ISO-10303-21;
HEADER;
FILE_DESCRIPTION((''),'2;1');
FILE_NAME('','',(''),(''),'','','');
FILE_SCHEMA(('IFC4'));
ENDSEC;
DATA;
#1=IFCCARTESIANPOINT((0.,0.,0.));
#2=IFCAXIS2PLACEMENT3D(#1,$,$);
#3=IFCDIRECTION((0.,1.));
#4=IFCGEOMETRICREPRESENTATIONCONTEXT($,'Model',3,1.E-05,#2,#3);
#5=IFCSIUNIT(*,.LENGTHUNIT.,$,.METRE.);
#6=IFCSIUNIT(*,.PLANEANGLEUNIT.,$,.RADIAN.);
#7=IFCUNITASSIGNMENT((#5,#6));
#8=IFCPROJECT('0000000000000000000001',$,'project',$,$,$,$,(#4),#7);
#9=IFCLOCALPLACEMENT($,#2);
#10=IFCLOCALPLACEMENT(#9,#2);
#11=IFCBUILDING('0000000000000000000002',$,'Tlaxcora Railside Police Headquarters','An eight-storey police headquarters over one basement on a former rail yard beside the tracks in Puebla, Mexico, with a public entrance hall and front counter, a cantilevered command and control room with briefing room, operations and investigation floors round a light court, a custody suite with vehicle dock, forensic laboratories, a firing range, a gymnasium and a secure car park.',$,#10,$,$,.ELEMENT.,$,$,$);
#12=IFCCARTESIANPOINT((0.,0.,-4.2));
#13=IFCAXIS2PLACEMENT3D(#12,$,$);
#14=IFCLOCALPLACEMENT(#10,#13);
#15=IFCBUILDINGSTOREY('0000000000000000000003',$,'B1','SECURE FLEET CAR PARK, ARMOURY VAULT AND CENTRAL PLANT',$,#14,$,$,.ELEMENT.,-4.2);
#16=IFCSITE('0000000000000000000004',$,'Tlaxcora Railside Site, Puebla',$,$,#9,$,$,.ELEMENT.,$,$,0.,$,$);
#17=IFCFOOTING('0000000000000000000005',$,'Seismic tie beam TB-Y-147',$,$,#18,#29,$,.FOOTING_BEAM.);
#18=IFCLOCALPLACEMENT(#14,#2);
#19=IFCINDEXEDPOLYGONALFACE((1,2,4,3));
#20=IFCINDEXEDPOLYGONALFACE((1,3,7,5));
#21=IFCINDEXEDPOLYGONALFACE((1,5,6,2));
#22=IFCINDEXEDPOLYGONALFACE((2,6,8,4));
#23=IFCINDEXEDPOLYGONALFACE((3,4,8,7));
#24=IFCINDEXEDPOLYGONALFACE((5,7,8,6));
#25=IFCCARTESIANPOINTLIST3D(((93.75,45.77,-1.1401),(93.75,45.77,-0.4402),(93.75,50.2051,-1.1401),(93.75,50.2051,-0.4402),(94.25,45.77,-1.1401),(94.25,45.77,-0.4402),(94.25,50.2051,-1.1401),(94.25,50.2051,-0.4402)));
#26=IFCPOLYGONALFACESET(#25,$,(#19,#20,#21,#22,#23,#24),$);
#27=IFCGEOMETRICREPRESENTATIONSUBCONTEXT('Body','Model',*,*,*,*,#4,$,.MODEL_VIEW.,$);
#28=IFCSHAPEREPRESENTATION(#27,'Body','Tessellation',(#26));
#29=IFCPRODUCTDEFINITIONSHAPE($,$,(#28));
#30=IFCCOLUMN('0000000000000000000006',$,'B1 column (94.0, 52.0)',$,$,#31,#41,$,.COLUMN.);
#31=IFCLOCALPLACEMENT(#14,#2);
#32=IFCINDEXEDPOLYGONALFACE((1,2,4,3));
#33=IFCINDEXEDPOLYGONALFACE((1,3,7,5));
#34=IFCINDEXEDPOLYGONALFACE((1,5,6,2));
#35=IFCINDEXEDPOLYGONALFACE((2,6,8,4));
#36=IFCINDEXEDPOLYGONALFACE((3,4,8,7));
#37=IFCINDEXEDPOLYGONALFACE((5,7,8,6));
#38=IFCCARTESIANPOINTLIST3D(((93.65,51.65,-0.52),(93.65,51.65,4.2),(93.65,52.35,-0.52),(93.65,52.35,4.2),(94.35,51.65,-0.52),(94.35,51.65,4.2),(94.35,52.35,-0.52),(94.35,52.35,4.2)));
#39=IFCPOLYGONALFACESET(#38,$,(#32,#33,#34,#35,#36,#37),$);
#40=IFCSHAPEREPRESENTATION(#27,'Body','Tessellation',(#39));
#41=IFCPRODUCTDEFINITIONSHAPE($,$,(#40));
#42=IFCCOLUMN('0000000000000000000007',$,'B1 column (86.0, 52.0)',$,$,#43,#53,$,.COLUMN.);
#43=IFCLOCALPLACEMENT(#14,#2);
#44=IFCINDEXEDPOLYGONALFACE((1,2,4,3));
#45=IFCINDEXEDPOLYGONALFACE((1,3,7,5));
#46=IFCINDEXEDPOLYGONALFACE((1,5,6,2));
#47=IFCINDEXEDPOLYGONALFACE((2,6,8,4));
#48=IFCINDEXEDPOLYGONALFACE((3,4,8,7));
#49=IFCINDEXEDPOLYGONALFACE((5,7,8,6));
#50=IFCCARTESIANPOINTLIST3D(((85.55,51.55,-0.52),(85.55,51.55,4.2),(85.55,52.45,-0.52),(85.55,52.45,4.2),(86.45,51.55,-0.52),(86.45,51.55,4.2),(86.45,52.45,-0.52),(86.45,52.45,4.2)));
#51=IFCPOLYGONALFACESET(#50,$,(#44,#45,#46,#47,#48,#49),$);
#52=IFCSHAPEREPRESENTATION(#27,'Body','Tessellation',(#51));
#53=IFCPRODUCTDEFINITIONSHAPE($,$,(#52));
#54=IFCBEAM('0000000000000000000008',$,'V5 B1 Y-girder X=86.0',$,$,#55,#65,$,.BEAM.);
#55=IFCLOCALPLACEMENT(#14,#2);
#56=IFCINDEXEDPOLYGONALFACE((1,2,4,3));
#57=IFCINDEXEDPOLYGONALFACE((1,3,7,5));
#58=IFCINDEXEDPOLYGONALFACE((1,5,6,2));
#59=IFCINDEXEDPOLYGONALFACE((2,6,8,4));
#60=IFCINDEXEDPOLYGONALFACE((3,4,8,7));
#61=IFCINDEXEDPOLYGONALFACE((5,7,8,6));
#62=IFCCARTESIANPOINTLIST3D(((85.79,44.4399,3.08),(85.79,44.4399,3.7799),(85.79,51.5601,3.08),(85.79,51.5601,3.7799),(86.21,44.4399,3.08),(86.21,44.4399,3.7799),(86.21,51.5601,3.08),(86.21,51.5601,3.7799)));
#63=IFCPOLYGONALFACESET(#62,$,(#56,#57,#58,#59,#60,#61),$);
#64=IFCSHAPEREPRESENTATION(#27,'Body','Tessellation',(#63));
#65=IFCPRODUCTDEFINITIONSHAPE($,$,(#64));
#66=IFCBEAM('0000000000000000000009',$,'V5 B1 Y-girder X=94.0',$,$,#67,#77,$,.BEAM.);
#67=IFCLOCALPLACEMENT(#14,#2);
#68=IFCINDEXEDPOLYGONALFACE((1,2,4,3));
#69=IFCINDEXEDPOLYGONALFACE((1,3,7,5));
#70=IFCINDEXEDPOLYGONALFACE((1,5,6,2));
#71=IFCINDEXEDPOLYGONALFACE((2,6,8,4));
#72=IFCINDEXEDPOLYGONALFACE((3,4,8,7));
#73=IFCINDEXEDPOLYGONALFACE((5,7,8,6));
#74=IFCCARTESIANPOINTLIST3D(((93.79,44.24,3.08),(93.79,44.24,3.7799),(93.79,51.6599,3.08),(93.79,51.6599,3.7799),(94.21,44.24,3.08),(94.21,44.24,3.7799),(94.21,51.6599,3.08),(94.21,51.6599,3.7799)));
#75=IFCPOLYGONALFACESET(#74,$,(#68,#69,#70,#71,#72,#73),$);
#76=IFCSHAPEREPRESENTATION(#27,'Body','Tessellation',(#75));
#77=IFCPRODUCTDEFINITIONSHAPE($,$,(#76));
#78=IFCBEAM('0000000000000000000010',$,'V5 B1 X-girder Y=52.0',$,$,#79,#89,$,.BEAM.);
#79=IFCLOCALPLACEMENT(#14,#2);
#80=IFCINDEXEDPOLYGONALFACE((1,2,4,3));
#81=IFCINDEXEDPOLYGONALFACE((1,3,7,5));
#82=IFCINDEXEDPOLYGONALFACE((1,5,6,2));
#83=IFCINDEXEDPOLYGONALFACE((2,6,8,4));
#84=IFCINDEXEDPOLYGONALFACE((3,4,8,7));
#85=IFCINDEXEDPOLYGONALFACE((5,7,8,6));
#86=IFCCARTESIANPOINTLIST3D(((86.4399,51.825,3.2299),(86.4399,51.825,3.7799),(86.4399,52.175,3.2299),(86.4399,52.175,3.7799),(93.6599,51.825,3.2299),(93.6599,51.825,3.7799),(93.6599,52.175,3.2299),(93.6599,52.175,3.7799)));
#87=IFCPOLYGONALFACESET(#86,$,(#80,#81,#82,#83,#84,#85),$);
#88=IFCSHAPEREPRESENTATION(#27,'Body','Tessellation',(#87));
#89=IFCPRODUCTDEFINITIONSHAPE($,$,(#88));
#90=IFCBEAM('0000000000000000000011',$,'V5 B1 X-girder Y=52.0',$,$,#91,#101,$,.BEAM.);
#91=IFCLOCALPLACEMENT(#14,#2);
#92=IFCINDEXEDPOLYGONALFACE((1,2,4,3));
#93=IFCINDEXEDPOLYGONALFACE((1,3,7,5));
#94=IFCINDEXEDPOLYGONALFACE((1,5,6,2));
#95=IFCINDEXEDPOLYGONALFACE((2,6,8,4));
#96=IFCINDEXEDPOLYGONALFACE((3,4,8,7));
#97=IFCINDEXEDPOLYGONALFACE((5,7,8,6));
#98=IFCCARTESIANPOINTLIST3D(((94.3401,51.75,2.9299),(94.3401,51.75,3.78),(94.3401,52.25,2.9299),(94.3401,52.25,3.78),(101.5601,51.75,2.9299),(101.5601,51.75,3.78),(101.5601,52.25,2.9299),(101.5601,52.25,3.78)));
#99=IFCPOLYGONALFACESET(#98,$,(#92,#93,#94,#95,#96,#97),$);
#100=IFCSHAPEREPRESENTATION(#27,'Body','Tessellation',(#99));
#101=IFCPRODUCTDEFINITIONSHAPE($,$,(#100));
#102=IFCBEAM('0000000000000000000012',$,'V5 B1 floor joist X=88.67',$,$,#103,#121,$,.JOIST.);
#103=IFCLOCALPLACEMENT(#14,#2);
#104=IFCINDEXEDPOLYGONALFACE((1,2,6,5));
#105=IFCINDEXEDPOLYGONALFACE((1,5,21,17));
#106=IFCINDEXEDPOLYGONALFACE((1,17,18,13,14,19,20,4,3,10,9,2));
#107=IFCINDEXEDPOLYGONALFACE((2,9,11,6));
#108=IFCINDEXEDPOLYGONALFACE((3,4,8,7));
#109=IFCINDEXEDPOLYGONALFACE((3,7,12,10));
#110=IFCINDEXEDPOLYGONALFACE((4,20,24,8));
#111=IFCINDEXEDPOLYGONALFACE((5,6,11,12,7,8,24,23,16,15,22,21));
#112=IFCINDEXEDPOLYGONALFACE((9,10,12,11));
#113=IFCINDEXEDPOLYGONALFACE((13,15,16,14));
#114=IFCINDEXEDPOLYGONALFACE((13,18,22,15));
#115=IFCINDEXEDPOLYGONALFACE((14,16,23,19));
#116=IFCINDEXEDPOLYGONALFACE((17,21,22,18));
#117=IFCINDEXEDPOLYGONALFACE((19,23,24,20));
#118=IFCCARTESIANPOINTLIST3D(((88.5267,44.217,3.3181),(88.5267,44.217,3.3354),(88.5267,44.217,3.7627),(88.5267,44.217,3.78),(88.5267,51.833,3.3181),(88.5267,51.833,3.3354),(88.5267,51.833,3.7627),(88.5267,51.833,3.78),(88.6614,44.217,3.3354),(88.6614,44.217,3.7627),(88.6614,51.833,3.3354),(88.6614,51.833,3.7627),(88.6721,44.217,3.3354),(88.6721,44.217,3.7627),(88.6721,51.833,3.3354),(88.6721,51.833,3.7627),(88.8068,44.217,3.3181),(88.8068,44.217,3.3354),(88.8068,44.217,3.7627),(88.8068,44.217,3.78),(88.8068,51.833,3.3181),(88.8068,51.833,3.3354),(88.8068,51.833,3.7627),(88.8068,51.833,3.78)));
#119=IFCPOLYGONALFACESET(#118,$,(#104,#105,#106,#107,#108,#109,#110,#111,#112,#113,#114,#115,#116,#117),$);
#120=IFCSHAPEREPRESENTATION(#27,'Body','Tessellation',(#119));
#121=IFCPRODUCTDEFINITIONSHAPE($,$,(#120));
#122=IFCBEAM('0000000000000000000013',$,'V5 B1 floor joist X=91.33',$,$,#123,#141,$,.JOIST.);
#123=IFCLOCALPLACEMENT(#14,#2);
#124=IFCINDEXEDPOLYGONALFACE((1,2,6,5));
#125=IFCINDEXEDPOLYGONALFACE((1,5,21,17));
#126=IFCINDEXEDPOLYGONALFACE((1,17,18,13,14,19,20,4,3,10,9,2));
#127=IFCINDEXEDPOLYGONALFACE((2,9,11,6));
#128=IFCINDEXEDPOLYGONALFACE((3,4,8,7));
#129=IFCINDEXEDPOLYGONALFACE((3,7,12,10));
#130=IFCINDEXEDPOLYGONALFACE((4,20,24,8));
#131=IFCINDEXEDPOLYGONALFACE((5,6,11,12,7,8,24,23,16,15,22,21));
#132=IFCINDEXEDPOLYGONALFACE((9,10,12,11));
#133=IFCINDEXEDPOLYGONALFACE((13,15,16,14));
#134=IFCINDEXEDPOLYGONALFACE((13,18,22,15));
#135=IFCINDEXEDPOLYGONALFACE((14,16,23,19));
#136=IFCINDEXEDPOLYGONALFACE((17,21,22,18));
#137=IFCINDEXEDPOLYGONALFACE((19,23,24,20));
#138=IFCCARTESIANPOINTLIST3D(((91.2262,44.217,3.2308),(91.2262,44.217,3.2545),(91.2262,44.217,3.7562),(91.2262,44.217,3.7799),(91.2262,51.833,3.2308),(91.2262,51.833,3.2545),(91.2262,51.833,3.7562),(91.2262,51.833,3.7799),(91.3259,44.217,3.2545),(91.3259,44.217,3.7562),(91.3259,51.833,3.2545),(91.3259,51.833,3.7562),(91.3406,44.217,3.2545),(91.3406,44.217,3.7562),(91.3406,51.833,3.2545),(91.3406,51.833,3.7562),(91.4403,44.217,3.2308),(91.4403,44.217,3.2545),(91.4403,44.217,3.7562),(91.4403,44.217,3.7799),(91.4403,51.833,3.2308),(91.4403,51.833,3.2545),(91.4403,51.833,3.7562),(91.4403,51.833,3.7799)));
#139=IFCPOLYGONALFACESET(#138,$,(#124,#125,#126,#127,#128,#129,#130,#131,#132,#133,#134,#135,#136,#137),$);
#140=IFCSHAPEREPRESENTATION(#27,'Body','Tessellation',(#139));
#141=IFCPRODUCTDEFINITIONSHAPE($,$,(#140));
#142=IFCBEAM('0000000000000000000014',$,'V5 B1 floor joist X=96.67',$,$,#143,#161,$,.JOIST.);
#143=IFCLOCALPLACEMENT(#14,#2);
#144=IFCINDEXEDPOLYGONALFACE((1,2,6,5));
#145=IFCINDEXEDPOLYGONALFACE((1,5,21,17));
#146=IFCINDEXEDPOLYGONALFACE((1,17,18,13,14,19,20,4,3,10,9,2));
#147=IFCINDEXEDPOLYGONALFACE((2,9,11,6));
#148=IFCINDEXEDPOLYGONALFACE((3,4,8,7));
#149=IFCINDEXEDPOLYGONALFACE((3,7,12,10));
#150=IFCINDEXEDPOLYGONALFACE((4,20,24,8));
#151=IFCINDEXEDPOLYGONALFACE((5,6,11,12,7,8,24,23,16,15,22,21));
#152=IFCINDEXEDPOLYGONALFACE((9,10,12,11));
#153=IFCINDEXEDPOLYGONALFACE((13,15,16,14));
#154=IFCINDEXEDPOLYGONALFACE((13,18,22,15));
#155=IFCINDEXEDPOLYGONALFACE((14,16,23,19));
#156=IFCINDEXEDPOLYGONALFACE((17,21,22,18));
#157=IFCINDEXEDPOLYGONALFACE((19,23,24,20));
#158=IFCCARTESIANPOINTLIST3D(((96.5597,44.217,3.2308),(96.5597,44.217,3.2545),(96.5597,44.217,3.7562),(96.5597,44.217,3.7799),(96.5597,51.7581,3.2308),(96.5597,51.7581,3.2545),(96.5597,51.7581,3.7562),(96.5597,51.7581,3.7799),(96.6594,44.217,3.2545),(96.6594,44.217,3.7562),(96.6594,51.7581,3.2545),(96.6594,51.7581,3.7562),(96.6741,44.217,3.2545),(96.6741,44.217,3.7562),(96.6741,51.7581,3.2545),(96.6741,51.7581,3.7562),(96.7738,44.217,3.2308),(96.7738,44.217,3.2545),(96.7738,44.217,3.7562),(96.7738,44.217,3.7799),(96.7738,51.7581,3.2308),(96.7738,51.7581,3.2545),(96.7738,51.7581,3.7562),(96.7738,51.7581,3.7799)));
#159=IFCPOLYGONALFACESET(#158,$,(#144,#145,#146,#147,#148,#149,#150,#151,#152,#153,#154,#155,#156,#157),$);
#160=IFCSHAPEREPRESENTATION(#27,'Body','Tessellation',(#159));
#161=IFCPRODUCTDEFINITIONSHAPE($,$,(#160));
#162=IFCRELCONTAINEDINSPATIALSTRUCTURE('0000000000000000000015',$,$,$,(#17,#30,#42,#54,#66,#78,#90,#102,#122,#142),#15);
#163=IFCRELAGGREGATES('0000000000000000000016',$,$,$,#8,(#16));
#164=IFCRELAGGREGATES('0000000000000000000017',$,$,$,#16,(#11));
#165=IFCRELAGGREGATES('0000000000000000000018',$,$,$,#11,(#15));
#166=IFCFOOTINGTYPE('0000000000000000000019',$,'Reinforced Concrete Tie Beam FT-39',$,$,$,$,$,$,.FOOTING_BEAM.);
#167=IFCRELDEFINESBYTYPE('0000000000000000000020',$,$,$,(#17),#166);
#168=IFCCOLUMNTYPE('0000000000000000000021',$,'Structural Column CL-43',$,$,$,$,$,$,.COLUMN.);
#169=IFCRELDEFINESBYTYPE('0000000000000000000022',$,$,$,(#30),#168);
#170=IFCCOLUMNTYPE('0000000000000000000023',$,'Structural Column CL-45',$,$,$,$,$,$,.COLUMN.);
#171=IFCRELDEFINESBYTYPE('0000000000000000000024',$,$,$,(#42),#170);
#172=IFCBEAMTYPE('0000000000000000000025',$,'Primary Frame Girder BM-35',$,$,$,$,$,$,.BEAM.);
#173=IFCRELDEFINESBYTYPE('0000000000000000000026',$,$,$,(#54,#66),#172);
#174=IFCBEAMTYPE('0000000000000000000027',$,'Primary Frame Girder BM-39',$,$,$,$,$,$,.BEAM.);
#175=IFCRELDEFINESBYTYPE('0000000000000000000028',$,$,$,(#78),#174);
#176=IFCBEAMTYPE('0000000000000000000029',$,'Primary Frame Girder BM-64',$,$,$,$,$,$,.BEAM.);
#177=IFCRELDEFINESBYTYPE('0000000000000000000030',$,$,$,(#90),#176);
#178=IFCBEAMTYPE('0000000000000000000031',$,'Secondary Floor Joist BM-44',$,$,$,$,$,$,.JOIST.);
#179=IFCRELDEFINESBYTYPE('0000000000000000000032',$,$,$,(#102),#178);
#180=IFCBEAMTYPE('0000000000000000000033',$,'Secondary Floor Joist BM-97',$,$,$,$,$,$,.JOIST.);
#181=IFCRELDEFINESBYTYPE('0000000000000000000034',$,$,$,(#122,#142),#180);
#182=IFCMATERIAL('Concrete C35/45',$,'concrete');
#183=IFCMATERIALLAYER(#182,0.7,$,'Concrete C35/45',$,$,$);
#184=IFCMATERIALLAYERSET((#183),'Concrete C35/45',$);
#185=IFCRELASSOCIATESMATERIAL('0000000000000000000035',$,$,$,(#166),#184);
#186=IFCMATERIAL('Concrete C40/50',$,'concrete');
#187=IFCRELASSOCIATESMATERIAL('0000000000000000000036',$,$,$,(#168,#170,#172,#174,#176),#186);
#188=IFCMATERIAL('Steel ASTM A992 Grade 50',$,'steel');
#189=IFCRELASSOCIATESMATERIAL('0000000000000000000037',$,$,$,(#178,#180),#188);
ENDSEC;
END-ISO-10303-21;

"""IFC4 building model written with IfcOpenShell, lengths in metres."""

from ifc_helpers import new_model, si_unit, direction, frame, origin, origin_2d, place, context, subcontext, project, spatial, rectangle, i_section, extrude, material, layer, layer_set, material_profile, profile_set, type_object, element, save


model = new_model("IFC4")

# Units and contexts
model_context = context("Model", 3, precision=1e-05, world=origin(), true_north=direction((0.0, 1.0)))
body_context = subcontext(model_context, "Body", "Model", "MODEL_VIEW")
ifc_project = project(units=[si_unit("LENGTHUNIT", "METRE"), si_unit("PLANEANGLEUNIT", "RADIAN")], contexts=[model_context])

# Site, building, storey
site_placement = place(None, origin())
site = spatial("IfcSite", under=ifc_project, at=site_placement, Name="Tlaxcora Railside Site, Puebla", CompositionType="ELEMENT", RefElevation=0.0)
building_placement = place(site_placement, origin())
building = spatial("IfcBuilding", under=site, at=building_placement, Name="Tlaxcora Railside Police Headquarters", Description="An eight-storey police headquarters over one basement on a former rail yard beside the tracks in Puebla, Mexico, with a public entrance hall and front counter, a cantilevered command and control room with briefing room, operations and investigation floors round a light court, a custody suite with vehicle dock, forensic laboratories, a firing range, a gymnasium and a secure car park.", CompositionType="ELEMENT")
storey_placement = place(building_placement, frame((0.0, 0.0, -4.2)))
storey = spatial("IfcBuildingStorey", under=building, at=storey_placement, Name="B1", Description="SECURE FLEET CAR PARK, ARMOURY VAULT AND CENTRAL PLANT", CompositionType="ELEMENT", Elevation=-4.2)

# Shared definitions
ifc_material_1 = material(Name="Concrete C35/45", Category="concrete")

# Footing
ifc_material_2 = material(Name="Concrete C40/50", Category="concrete")
ifc_layer_1 = layer(ifc_material_1, 0.7, Name="Concrete C35/45")
ifc_layer_set_1 = layer_set([ifc_layer_1], Name="Concrete C35/45")
footing_type_1 = type_object("IfcFootingType", Name="Reinforced Concrete Tie Beam FT-39", PredefinedType="FOOTING_BEAM", material=ifc_layer_set_1)
footing_1_placement = place(storey_placement, frame((94.0, 47.9875, -1.1401), z_axis=(0.0, 0.0, 1.0), x_axis=(0.0, 1.0, 0.0)))
element("IfcFooting", 1, at=footing_1_placement, inside=storey, type_object=footing_type_1, Name="Seismic tie beam TB-Y-147", PredefinedType="FOOTING_BEAM", context=body_context, shape_type="SweptSolid", body=[
    extrude(rectangle(XDim=4.4351, YDim=0.5, at=origin_2d()), origin(), (0.0, 0.0, 1.0), 0.7),
])

# Columns
ifc_material_profile_1 = material_profile(ifc_material_2, rectangle(XDim=0.7, YDim=0.7, at=origin_2d()), Name="RC700X700")
ifc_profile_set_1 = profile_set([ifc_material_profile_1], Name="Concrete C40/50")
column_type_1 = type_object("IfcColumnType", Name="Structural Column CL-43", PredefinedType="COLUMN", material=ifc_profile_set_1)
column_1_placement = place(storey_placement, frame((94.0, 52.0, -0.52), z_axis=(0.0, 0.0, 1.0), x_axis=(1.0, 0.0, 0.0)))
element("IfcColumn", 2, at=column_1_placement, inside=storey, type_object=column_type_1, Name="B1 column (94.0, 52.0)", PredefinedType="COLUMN", context=body_context, shape_type="SweptSolid", body=[
    extrude(rectangle(XDim=0.7, YDim=0.7, at=origin_2d()), origin(), (0.0, 0.0, 1.0), 4.72),
])
ifc_material_profile_2 = material_profile(ifc_material_2, rectangle(XDim=0.8999, YDim=0.8999, at=origin_2d()), Name="RC900X900")
ifc_profile_set_2 = profile_set([ifc_material_profile_2], Name="Concrete C40/50")
column_type_2 = type_object("IfcColumnType", Name="Structural Column CL-45", PredefinedType="COLUMN", material=ifc_profile_set_2)
column_2_placement = place(storey_placement, frame((86.0, 52.0, -0.52), z_axis=(0.0, 0.0, 1.0), x_axis=(1.0, 0.0, 0.0)))
element("IfcColumn", 3, at=column_2_placement, inside=storey, type_object=column_type_2, Name="B1 column (86.0, 52.0)", PredefinedType="COLUMN", context=body_context, shape_type="SweptSolid", body=[
    extrude(rectangle(XDim=0.8999, YDim=0.8999, at=origin_2d()), origin(), (0.0, 0.0, 1.0), 4.72),
])

# Beams
ifc_material_profile_3 = material_profile(ifc_material_2, rectangle(XDim=0.4199, YDim=0.7, at=origin_2d()), Name="RC420X700")
ifc_profile_set_3 = profile_set([ifc_material_profile_3], Name="Concrete C40/50")
beam_type_1 = type_object("IfcBeamType", Name="Primary Frame Girder BM-35", PredefinedType="BEAM", material=ifc_profile_set_3)
beam_1_placement = place(storey_placement, frame((86.0, 44.4399, 3.4299), z_axis=(0.0, 1.0, 0.0), x_axis=(-1.0, 0.0, 0.0)))
element("IfcBeam", 4, at=beam_1_placement, inside=storey, type_object=beam_type_1, Name="V5 B1 Y-girder X=86.0", PredefinedType="BEAM", context=body_context, shape_type="SweptSolid", body=[
    extrude(rectangle(XDim=0.4199, YDim=0.7, at=origin_2d()), origin(), (0.0, 0.0, 1.0), 7.1201),
])
beam_2_placement = place(storey_placement, frame((94.0, 44.24, 3.4299), z_axis=(0.0, 1.0, 0.0), x_axis=(-1.0, 0.0, 0.0)))
element("IfcBeam", 5, at=beam_2_placement, inside=storey, type_object=beam_type_1, Name="V5 B1 Y-girder X=94.0", PredefinedType="BEAM", context=body_context, shape_type="SweptSolid", body=[
    extrude(rectangle(XDim=0.4199, YDim=0.7, at=origin_2d()), origin(), (0.0, 0.0, 1.0), 7.4199),
])
ifc_material_profile_4 = material_profile(ifc_material_2, rectangle(XDim=0.3501, YDim=0.55, at=origin_2d()), Name="RC350X550")
ifc_profile_set_4 = profile_set([ifc_material_profile_4], Name="Concrete C40/50")
beam_type_2 = type_object("IfcBeamType", Name="Primary Frame Girder BM-39", PredefinedType="BEAM", material=ifc_profile_set_4)
beam_3_placement = place(storey_placement, frame((86.4399, 52.0, 3.5049), z_axis=(1.0, 0.0, 0.0), x_axis=(0.0, 1.0, 0.0)))
element("IfcBeam", 6, at=beam_3_placement, inside=storey, type_object=beam_type_2, Name="V5 B1 X-girder Y=52.0", PredefinedType="BEAM", context=body_context, shape_type="SweptSolid", body=[
    extrude(rectangle(XDim=0.3501, YDim=0.55, at=origin_2d()), origin(), (0.0, 0.0, 1.0), 7.22),
])
ifc_material_profile_5 = material_profile(ifc_material_2, rectangle(XDim=0.5, YDim=0.8501, at=origin_2d()), Name="RC500X850")
ifc_profile_set_5 = profile_set([ifc_material_profile_5], Name="Concrete C40/50")
beam_type_3 = type_object("IfcBeamType", Name="Primary Frame Girder BM-64", PredefinedType="BEAM", material=ifc_profile_set_5)
beam_4_placement = place(storey_placement, frame((94.3401, 52.0, 3.355), z_axis=(1.0, 0.0, 0.0), x_axis=(0.0, 1.0, 0.0)))
element("IfcBeam", 7, at=beam_4_placement, inside=storey, type_object=beam_type_3, Name="V5 B1 X-girder Y=52.0", PredefinedType="BEAM", context=body_context, shape_type="SweptSolid", body=[
    extrude(rectangle(XDim=0.5, YDim=0.8501, at=origin_2d()), origin(), (0.0, 0.0, 1.0), 7.22),
])
ifc_material_3 = material(Name="Steel ASTM A992 Grade 50", Category="steel")
ifc_material_profile_6 = material_profile(ifc_material_3, i_section(OverallWidth=0.28, OverallDepth=0.4619, WebThickness=0.0107, FlangeThickness=0.0173, at=origin_2d()), Name="W18X76")
ifc_profile_set_6 = profile_set([ifc_material_profile_6], Name="Steel ASTM A992 Grade 50")
beam_type_4 = type_object("IfcBeamType", Name="Secondary Floor Joist BM-44", PredefinedType="JOIST", material=ifc_profile_set_6)
beam_5_placement = place(storey_placement, frame((88.6667, 44.217, 3.5491), z_axis=(0.0, 1.0, 0.0), x_axis=(-1.0, 0.0, 0.0)))
element("IfcBeam", 8, at=beam_5_placement, inside=storey, type_object=beam_type_4, Name="V5 B1 floor joist X=88.67", PredefinedType="JOIST", context=body_context, shape_type="SweptSolid", body=[
    extrude(i_section(OverallWidth=0.28, OverallDepth=0.4619, WebThickness=0.0107, FlangeThickness=0.0173, at=origin_2d()), origin(), (0.0, 0.0, 1.0), 7.616),
])
ifc_material_profile_7 = material_profile(ifc_material_3, i_section(OverallWidth=0.2141, OverallDepth=0.5491, WebThickness=0.0146, FlangeThickness=0.0237, at=origin_2d()), Name="W21X93")
ifc_profile_set_7 = profile_set([ifc_material_profile_7], Name="Steel ASTM A992 Grade 50")
beam_type_5 = type_object("IfcBeamType", Name="Secondary Floor Joist BM-97", PredefinedType="JOIST", material=ifc_profile_set_7)
beam_6_placement = place(storey_placement, frame((91.3333, 44.217, 3.5054), z_axis=(0.0, 1.0, 0.0), x_axis=(-1.0, 0.0, 0.0)))
element("IfcBeam", 9, at=beam_6_placement, inside=storey, type_object=beam_type_5, Name="V5 B1 floor joist X=91.33", PredefinedType="JOIST", context=body_context, shape_type="SweptSolid", body=[
    extrude(i_section(OverallWidth=0.2141, OverallDepth=0.5491, WebThickness=0.0146, FlangeThickness=0.0237, at=origin_2d()), origin(), (0.0, 0.0, 1.0), 7.616),
])
beam_7_placement = place(storey_placement, frame((96.6667, 44.217, 3.5054), z_axis=(0.0, 1.0, 0.0), x_axis=(-1.0, 0.0, 0.0)))
element("IfcBeam", 10, at=beam_7_placement, inside=storey, type_object=beam_type_5, Name="V5 B1 floor joist X=96.67", PredefinedType="JOIST", context=body_context, shape_type="SweptSolid", body=[
    extrude(i_section(OverallWidth=0.2141, OverallDepth=0.5491, WebThickness=0.0146, FlangeThickness=0.0237, at=origin_2d()), origin(), (0.0, 0.0, 1.0), 7.541),
])

save(model, "model.ifc")
